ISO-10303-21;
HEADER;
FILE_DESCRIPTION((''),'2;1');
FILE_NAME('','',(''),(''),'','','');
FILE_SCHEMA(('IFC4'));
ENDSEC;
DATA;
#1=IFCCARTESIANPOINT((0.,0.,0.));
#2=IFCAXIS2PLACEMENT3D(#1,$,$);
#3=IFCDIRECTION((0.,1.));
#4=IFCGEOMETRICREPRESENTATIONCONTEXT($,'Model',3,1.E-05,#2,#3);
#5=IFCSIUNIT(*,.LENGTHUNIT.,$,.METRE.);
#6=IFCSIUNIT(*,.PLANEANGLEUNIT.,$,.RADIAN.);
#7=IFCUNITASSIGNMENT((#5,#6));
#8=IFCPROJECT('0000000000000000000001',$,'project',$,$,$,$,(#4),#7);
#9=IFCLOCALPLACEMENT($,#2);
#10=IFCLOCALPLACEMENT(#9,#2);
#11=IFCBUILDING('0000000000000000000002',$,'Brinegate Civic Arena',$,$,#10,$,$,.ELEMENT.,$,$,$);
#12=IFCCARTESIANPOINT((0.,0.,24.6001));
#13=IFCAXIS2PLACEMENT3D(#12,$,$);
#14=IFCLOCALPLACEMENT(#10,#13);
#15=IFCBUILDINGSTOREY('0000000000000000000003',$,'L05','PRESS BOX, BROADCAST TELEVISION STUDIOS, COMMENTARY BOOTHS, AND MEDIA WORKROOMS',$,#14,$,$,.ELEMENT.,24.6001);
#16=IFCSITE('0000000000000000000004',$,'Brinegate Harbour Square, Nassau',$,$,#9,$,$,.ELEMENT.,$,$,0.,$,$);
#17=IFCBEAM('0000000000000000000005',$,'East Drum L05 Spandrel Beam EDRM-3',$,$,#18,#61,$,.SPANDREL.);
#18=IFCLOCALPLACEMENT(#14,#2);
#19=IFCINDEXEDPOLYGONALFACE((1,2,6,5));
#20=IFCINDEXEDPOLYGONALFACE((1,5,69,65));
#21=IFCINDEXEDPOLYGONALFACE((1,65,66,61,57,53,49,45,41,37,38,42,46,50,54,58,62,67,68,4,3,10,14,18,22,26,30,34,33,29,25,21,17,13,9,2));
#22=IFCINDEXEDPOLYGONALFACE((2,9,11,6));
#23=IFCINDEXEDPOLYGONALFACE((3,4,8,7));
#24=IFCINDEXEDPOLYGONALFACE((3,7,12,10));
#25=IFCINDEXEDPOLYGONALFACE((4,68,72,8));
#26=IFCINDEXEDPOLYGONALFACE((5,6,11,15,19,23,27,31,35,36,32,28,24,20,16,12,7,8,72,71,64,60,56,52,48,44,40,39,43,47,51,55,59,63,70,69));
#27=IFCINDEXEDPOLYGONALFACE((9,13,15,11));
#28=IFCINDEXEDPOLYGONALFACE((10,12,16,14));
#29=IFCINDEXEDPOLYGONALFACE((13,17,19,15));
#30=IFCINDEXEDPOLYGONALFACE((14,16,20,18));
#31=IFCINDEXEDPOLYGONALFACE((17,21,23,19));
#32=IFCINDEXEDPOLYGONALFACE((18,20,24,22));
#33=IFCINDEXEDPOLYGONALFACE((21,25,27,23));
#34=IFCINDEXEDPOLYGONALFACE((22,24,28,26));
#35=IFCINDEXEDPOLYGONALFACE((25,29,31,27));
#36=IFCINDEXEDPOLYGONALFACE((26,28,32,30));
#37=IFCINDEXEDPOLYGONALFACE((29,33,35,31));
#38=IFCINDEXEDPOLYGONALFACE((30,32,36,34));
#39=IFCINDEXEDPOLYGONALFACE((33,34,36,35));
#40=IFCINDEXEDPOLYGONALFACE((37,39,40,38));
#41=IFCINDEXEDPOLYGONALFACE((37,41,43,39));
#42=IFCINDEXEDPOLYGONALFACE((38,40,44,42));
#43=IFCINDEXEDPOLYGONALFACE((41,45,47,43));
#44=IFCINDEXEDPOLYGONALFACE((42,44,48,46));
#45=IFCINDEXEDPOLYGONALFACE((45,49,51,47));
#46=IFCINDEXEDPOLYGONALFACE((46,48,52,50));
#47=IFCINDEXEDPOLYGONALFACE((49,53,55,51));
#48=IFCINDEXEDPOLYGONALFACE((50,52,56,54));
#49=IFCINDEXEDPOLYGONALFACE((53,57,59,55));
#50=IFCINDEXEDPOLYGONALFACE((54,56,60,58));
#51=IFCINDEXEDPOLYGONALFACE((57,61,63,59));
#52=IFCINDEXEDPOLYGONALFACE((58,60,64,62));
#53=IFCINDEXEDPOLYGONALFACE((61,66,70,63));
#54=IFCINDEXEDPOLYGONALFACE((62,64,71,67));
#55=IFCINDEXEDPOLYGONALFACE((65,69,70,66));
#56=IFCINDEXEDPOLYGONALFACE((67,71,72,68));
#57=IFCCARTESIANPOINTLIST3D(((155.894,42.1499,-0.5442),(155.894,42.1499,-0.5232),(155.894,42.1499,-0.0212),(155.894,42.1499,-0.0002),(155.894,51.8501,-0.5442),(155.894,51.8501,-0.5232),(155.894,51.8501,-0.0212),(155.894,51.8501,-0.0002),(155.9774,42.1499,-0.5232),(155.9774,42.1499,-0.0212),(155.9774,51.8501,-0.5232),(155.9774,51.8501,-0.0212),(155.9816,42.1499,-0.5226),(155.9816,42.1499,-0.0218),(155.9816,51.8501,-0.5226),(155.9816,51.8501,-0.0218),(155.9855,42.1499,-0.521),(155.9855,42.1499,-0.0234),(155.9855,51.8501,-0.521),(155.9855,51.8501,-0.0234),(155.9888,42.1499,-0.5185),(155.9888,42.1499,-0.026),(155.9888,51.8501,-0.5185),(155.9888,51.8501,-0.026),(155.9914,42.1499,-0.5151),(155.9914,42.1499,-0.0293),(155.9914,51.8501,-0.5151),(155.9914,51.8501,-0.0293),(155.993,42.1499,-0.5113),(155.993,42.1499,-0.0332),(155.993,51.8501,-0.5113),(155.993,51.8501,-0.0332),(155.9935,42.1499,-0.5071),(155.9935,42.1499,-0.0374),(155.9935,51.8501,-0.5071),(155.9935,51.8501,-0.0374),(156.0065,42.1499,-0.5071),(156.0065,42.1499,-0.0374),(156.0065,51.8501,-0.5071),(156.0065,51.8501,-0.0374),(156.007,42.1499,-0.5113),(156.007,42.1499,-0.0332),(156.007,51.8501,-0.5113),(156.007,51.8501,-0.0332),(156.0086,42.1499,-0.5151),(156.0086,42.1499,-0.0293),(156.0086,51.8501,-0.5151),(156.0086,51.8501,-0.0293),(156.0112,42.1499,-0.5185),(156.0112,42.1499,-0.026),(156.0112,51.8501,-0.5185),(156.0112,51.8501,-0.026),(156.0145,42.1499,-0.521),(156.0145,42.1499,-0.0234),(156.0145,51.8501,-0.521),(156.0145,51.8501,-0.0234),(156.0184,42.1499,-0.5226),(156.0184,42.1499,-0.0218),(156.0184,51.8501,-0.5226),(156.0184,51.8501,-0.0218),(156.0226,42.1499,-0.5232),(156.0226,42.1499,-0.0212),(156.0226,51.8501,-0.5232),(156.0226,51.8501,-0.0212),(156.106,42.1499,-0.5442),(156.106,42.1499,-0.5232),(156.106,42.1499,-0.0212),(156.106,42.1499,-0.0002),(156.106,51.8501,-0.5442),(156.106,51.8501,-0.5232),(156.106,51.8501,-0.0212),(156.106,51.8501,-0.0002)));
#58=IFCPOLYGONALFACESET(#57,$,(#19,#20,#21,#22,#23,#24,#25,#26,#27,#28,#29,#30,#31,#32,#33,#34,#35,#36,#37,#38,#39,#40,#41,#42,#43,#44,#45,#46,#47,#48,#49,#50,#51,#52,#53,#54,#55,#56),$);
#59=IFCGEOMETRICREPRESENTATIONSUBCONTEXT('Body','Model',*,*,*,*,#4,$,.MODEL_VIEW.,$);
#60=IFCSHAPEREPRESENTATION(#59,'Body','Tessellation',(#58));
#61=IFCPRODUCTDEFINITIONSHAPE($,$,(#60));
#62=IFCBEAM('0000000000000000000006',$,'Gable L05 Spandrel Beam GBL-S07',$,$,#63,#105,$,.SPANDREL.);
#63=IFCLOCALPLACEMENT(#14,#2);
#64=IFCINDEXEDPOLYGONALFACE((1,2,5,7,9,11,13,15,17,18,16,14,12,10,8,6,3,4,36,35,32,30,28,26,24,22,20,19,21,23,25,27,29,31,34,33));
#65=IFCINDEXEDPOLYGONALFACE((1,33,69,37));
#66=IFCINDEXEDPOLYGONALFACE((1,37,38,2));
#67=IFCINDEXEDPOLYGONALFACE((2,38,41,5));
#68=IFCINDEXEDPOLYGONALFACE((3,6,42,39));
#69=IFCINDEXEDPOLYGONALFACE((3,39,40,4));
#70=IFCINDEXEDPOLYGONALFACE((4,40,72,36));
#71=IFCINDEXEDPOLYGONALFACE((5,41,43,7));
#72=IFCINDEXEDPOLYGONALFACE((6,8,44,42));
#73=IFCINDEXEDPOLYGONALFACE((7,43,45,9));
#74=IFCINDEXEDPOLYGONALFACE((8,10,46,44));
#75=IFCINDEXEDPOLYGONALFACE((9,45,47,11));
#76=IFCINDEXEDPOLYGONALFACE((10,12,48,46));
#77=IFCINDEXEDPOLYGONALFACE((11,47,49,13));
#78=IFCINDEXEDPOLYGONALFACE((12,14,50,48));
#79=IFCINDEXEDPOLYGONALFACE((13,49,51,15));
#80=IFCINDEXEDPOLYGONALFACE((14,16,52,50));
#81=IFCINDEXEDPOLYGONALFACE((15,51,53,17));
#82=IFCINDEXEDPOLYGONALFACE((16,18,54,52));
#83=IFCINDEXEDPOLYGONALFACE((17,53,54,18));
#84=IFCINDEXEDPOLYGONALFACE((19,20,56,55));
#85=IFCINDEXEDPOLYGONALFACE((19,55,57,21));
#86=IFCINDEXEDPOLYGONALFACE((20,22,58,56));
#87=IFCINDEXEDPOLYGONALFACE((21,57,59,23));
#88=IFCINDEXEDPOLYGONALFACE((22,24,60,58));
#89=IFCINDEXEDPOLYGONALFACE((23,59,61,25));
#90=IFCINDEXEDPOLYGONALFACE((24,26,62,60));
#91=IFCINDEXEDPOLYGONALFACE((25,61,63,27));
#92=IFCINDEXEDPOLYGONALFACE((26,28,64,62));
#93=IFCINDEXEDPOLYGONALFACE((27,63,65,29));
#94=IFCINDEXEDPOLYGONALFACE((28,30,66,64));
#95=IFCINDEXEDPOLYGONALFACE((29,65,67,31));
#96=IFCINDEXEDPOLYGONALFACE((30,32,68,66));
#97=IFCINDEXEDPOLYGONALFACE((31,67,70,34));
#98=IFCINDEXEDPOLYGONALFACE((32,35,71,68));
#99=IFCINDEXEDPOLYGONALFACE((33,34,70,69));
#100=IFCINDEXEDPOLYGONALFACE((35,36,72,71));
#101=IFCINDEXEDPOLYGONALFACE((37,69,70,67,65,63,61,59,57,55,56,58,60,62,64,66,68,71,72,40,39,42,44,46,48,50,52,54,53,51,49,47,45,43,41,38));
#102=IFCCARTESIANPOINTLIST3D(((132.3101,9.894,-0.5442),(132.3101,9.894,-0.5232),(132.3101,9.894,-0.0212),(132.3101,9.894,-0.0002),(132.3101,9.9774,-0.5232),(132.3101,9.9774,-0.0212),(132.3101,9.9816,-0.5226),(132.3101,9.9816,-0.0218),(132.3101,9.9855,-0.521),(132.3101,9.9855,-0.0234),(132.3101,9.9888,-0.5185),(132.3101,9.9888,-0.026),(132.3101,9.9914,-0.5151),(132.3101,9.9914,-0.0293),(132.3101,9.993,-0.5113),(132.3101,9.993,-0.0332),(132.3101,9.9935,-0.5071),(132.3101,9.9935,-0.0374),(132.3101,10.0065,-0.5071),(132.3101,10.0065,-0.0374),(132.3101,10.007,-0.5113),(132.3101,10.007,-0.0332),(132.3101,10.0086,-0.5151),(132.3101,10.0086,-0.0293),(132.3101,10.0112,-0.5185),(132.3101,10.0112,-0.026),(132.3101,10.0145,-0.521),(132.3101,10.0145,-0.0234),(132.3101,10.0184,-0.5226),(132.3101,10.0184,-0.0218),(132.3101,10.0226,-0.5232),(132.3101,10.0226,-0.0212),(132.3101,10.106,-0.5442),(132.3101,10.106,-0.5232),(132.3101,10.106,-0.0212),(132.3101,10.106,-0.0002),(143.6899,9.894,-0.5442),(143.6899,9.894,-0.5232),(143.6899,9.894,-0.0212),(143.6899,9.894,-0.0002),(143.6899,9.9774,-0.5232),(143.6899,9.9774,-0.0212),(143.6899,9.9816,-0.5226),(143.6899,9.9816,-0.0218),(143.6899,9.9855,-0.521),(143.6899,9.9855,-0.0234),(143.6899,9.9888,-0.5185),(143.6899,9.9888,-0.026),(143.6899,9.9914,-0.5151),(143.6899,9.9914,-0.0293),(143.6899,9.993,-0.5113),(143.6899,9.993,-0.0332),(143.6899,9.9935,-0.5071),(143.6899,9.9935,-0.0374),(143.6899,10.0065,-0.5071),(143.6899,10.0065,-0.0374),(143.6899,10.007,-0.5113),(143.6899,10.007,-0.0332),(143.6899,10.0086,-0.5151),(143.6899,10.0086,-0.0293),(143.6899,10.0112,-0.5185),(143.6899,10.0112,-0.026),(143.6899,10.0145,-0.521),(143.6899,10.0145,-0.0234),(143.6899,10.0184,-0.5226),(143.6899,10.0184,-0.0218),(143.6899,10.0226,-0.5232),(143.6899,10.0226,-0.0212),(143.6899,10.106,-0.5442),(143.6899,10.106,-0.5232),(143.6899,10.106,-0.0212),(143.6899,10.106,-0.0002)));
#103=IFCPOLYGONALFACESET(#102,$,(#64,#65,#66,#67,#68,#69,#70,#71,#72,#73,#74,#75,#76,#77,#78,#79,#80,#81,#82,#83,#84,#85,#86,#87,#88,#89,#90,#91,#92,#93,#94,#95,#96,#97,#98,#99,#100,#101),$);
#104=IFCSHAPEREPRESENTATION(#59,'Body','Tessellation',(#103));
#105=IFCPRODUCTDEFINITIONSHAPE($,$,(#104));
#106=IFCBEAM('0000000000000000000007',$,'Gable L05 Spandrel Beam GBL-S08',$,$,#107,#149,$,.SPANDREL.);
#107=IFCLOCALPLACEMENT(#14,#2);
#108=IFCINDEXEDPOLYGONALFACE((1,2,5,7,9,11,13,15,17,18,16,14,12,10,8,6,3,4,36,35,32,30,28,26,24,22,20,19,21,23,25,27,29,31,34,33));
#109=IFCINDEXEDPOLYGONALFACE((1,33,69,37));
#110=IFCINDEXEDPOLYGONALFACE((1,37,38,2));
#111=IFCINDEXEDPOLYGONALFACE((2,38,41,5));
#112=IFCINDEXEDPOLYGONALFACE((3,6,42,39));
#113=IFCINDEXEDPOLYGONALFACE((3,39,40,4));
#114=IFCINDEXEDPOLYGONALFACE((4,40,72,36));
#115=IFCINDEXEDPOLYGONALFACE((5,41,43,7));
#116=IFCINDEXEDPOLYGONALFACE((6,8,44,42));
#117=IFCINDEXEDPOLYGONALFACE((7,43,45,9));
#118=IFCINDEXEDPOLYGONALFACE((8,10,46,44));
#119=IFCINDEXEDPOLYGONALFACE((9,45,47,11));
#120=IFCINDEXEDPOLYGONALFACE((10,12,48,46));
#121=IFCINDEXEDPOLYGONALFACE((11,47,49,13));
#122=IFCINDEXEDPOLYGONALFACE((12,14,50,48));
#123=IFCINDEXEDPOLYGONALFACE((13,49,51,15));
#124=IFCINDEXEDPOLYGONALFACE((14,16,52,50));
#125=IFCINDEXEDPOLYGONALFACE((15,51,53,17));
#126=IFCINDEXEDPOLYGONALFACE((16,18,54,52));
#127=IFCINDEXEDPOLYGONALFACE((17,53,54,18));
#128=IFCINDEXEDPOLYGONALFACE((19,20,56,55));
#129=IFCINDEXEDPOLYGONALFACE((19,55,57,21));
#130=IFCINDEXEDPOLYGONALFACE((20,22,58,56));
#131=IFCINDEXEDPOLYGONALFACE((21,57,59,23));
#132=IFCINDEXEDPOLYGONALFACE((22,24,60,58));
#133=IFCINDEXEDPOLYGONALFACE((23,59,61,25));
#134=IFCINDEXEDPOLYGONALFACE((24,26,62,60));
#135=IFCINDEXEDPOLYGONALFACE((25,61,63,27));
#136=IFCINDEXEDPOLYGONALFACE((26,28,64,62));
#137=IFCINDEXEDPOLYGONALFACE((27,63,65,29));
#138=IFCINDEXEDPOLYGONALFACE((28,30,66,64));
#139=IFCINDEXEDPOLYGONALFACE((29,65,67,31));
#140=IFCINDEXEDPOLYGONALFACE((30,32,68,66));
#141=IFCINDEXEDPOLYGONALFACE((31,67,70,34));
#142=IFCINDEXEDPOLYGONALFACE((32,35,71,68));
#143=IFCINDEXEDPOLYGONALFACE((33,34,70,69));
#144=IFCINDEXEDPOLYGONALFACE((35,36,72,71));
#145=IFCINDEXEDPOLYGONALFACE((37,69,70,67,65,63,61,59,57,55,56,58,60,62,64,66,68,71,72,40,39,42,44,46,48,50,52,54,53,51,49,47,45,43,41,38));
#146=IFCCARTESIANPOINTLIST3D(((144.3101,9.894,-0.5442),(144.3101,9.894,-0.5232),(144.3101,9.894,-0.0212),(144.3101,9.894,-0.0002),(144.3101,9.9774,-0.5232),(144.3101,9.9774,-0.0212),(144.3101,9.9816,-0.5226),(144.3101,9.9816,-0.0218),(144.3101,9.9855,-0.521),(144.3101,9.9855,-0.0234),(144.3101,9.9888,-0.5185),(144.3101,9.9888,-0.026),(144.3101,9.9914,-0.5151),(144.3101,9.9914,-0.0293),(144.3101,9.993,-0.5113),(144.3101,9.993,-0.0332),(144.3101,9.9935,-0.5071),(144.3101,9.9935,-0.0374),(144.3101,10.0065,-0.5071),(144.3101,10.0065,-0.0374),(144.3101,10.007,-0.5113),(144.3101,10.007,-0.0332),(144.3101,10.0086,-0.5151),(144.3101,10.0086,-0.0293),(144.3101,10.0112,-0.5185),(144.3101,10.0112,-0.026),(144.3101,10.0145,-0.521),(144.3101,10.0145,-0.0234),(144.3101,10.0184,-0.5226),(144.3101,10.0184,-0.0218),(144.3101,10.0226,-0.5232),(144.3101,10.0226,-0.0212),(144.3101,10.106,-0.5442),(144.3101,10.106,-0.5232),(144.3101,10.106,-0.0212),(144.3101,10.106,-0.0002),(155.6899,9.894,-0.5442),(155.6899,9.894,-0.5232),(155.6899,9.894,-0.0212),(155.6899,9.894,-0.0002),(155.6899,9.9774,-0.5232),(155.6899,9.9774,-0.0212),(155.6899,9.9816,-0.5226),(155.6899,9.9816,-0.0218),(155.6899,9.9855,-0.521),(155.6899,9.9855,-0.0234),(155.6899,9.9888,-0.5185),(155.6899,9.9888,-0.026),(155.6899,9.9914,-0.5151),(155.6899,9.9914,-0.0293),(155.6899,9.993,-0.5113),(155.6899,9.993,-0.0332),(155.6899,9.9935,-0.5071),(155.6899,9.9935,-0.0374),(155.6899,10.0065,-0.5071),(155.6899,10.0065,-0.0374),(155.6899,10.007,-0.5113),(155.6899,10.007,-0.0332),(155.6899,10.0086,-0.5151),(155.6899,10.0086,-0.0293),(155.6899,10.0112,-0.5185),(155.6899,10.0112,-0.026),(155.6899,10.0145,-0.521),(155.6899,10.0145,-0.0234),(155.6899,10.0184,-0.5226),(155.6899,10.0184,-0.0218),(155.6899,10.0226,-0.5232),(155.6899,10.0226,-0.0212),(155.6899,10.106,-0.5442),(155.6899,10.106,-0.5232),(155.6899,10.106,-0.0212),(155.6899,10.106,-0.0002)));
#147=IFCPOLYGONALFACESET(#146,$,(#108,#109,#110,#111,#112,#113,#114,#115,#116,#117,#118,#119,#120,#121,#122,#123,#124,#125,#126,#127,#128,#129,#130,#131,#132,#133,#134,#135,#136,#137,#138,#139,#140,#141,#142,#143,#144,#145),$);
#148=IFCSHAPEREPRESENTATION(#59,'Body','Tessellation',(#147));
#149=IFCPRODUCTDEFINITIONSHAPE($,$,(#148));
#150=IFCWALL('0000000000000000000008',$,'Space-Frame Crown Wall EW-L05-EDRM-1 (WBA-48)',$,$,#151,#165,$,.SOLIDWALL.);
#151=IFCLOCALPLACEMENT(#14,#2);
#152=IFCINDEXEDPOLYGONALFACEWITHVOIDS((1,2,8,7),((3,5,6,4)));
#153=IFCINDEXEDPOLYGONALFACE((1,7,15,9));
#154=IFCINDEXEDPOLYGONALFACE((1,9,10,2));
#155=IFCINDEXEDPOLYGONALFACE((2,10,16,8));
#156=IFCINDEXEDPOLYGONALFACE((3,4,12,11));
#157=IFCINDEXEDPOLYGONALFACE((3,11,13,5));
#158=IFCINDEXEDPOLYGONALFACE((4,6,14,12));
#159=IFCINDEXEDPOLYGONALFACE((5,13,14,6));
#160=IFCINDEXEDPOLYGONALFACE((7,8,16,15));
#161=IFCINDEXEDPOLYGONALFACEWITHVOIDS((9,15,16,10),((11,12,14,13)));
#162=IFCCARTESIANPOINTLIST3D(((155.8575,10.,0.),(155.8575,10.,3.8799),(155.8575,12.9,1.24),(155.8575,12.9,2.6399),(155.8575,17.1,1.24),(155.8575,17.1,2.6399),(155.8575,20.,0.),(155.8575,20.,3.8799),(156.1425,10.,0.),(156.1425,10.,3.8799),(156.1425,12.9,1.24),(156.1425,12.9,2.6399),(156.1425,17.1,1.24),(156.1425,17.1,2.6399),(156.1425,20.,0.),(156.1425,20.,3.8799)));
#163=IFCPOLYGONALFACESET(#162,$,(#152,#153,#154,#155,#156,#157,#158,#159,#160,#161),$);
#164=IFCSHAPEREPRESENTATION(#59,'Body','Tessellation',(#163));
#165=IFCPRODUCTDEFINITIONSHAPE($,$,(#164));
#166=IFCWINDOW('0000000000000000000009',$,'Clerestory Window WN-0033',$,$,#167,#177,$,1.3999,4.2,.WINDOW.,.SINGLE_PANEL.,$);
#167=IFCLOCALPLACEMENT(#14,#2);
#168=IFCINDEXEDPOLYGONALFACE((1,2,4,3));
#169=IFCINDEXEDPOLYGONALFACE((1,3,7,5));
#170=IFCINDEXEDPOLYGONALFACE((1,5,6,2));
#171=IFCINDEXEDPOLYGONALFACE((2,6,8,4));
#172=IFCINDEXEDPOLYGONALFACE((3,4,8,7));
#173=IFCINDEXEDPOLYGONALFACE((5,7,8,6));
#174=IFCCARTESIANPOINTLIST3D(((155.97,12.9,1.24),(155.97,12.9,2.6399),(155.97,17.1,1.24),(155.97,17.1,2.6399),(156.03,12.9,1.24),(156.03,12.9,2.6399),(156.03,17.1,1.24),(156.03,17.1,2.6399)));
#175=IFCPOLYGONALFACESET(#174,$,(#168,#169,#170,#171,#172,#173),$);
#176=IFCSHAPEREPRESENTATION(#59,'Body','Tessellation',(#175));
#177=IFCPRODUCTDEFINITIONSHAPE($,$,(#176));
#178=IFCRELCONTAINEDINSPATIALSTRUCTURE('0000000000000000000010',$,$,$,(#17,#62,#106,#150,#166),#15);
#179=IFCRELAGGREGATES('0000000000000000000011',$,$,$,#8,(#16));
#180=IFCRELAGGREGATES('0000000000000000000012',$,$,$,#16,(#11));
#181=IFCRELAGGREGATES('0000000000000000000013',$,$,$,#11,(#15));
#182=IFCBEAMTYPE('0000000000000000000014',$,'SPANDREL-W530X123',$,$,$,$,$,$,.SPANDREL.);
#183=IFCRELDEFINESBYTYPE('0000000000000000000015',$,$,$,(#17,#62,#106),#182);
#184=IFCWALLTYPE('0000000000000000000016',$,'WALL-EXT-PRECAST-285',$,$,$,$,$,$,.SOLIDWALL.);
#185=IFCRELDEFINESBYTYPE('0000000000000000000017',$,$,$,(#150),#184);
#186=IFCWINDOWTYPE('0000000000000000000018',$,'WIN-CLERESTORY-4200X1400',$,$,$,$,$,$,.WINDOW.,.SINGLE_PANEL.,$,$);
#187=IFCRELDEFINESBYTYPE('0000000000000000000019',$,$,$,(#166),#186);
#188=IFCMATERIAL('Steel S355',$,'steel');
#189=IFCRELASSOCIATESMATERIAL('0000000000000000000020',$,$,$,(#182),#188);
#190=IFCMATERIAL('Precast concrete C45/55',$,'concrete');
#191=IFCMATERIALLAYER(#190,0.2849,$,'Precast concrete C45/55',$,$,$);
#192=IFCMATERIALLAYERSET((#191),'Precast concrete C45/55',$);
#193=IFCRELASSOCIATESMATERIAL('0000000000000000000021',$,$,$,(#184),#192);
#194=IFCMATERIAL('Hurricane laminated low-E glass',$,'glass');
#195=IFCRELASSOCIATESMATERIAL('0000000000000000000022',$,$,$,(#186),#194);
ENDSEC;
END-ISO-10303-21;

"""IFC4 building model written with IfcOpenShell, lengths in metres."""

from ifc_helpers import new_model, si_unit, direction, frame, frame_2d, origin, origin_2d, place, context, subcontext, project, spatial, rectangle, i_section, extrude, material, layer, layer_set, material_profile, profile_set, type_object, element, fill, save


model = new_model("IFC4")

# Units and contexts
model_context = context("Model", 3, precision=1e-05, world=origin(), true_north=direction((0.0, 1.0)))
body_context = subcontext(model_context, "Body", "Model", "MODEL_VIEW")
ifc_project = project(units=[si_unit("LENGTHUNIT", "METRE"), si_unit("PLANEANGLEUNIT", "RADIAN")], contexts=[model_context])

# Site, building, storey
site_placement = place(None, origin())
site = spatial("IfcSite", under=ifc_project, at=site_placement, Name="Brinegate Harbour Square, Nassau", CompositionType="ELEMENT", RefElevation=0.0)
building_placement = place(site_placement, origin())
building = spatial("IfcBuilding", under=site, at=building_placement, Name="Brinegate Civic Arena", CompositionType="ELEMENT")
storey_placement = place(building_placement, frame((0.0, 0.0, 24.6001)))
storey = spatial("IfcBuildingStorey", under=building, at=storey_placement, Name="L05", Description="PRESS BOX, BROADCAST TELEVISION STUDIOS, COMMENTARY BOOTHS, AND MEDIA WORKROOMS", CompositionType="ELEMENT", Elevation=24.6001)

# Shared definitions
ifc_material_1 = material(Name="Steel S355", Category="steel")

# Beams
ifc_material_profile_1 = material_profile(ifc_material_1, i_section(OverallWidth=0.2119, OverallDepth=0.5439, WebThickness=0.0129, FlangeThickness=0.021, FilletRadius=0.0161, at=origin_2d()), Name="W530X123")
ifc_profile_set_1 = profile_set([ifc_material_profile_1], Name="Steel S355")
beam_type = type_object("IfcBeamType", Name="SPANDREL-W530X123", PredefinedType="SPANDREL", material=ifc_profile_set_1)
beam_1_placement = place(storey_placement, frame((156.0, 42.1499, -0.2722), z_axis=(0.0, 1.0, 0.0), x_axis=(-1.0, 0.0, 0.0)))
element("IfcBeam", 1, at=beam_1_placement, inside=storey, type_object=beam_type, Name="East Drum L05 Spandrel Beam EDRM-3", PredefinedType="SPANDREL", context=body_context, shape_type="SweptSolid", body=[
    extrude(i_section(OverallWidth=0.2119, OverallDepth=0.5439, WebThickness=0.0129, FlangeThickness=0.021, FilletRadius=0.0161, at=origin_2d()), origin(), (0.0, 0.0, 1.0), 9.7002),
])
for number, where, z_axis, x_axis, name in (
    (2, (132.3101, 10.0, -0.2722), (1.0, 0.0, 0.0), (0.0, 1.0, 0.0), "Gable L05 Spandrel Beam GBL-S07"),
    (3, (144.3101, 10.0, -0.2722), (1.0, 0.0, 0.0), (0.0, 1.0, 0.0), "Gable L05 Spandrel Beam GBL-S08"),
):
    element("IfcBeam", number, at=place(storey_placement, frame(where, z_axis=z_axis, x_axis=x_axis)), inside=storey, type_object=beam_type, Name=name, PredefinedType="SPANDREL", context=body_context, shape_type="SweptSolid", body=[
        extrude(i_section(OverallWidth=0.2119, OverallDepth=0.5439, WebThickness=0.0129, FlangeThickness=0.021, FilletRadius=0.0161, at=origin_2d()), origin(), (0.0, 0.0, 1.0), 11.3799),
    ])

# Wall, opening, window
ifc_material_2 = material(Name="Precast concrete C45/55", Category="concrete")
ifc_layer = layer(ifc_material_2, 0.2849, Name="Precast concrete C45/55")
ifc_layer_set = layer_set([ifc_layer], Name="Precast concrete C45/55")
wall_type = type_object("IfcWallType", Name="WALL-EXT-PRECAST-285", PredefinedType="SOLIDWALL", material=ifc_layer_set)
wall_1_placement = place(storey_placement, frame((156.0, 10.0, 0.0), z_axis=(0.0, 0.0, 1.0), x_axis=(0.0, 1.0, 0.0)))
wall_1 = element("IfcWall", 4, at=wall_1_placement, inside=storey, type_object=wall_type, Name="Space-Frame Crown Wall EW-L05-EDRM-1 (WBA-48)", PredefinedType="SOLIDWALL", context=body_context, shape_type="SweptSolid", body=[
    extrude(rectangle(XDim=10.0, YDim=0.2849, at=frame_2d((5.0, 0.0))), origin(), (0.0, 0.0, 1.0), 3.8799),
])
opening_1_placement = place(wall_1_placement, frame((2.8999, 0.0, 1.24)))
opening_1 = element("IfcOpeningElement", 5, at=opening_1_placement, cuts=wall_1, PredefinedType="OPENING", context=body_context, shape_type="SweptSolid", body=[
    extrude(rectangle(XDim=4.2, YDim=1.3999, at=frame_2d((2.1001, 0.7))), frame((0.0, 0.1523, 0.0), z_axis=(0.0, -1.0, 0.0), x_axis=(1.0, 0.0, 0.0)), (0.0, 0.0, 1.0), 0.3049),
])
ifc_material_3 = material(Name="Hurricane laminated low-E glass", Category="glass")
window_type_1 = type_object("IfcWindowType", Name="WIN-CLERESTORY-4200X1400", PartitioningType="SINGLE_PANEL", PredefinedType="WINDOW", material=ifc_material_3)
window_1_placement = place(opening_1_placement, origin())
window_1 = element("IfcWindow", 6, at=window_1_placement, inside=storey, type_object=window_type_1, Name="Clerestory Window WN-0033", OverallHeight=1.3999, OverallWidth=4.2, PartitioningType="SINGLE_PANEL", PredefinedType="WINDOW", context=body_context, shape_type="SweptSolid", body=[
    extrude(rectangle(XDim=4.2, YDim=1.3999, at=frame_2d((2.1001, 0.7))), frame((0.0, 0.03, 0.0), z_axis=(0.0, -1.0, 0.0), x_axis=(1.0, 0.0, 0.0)), (0.0, 0.0, 1.0), 0.0601),
])
fill(opening_1, window_1)

save(model, "model.ifc")
